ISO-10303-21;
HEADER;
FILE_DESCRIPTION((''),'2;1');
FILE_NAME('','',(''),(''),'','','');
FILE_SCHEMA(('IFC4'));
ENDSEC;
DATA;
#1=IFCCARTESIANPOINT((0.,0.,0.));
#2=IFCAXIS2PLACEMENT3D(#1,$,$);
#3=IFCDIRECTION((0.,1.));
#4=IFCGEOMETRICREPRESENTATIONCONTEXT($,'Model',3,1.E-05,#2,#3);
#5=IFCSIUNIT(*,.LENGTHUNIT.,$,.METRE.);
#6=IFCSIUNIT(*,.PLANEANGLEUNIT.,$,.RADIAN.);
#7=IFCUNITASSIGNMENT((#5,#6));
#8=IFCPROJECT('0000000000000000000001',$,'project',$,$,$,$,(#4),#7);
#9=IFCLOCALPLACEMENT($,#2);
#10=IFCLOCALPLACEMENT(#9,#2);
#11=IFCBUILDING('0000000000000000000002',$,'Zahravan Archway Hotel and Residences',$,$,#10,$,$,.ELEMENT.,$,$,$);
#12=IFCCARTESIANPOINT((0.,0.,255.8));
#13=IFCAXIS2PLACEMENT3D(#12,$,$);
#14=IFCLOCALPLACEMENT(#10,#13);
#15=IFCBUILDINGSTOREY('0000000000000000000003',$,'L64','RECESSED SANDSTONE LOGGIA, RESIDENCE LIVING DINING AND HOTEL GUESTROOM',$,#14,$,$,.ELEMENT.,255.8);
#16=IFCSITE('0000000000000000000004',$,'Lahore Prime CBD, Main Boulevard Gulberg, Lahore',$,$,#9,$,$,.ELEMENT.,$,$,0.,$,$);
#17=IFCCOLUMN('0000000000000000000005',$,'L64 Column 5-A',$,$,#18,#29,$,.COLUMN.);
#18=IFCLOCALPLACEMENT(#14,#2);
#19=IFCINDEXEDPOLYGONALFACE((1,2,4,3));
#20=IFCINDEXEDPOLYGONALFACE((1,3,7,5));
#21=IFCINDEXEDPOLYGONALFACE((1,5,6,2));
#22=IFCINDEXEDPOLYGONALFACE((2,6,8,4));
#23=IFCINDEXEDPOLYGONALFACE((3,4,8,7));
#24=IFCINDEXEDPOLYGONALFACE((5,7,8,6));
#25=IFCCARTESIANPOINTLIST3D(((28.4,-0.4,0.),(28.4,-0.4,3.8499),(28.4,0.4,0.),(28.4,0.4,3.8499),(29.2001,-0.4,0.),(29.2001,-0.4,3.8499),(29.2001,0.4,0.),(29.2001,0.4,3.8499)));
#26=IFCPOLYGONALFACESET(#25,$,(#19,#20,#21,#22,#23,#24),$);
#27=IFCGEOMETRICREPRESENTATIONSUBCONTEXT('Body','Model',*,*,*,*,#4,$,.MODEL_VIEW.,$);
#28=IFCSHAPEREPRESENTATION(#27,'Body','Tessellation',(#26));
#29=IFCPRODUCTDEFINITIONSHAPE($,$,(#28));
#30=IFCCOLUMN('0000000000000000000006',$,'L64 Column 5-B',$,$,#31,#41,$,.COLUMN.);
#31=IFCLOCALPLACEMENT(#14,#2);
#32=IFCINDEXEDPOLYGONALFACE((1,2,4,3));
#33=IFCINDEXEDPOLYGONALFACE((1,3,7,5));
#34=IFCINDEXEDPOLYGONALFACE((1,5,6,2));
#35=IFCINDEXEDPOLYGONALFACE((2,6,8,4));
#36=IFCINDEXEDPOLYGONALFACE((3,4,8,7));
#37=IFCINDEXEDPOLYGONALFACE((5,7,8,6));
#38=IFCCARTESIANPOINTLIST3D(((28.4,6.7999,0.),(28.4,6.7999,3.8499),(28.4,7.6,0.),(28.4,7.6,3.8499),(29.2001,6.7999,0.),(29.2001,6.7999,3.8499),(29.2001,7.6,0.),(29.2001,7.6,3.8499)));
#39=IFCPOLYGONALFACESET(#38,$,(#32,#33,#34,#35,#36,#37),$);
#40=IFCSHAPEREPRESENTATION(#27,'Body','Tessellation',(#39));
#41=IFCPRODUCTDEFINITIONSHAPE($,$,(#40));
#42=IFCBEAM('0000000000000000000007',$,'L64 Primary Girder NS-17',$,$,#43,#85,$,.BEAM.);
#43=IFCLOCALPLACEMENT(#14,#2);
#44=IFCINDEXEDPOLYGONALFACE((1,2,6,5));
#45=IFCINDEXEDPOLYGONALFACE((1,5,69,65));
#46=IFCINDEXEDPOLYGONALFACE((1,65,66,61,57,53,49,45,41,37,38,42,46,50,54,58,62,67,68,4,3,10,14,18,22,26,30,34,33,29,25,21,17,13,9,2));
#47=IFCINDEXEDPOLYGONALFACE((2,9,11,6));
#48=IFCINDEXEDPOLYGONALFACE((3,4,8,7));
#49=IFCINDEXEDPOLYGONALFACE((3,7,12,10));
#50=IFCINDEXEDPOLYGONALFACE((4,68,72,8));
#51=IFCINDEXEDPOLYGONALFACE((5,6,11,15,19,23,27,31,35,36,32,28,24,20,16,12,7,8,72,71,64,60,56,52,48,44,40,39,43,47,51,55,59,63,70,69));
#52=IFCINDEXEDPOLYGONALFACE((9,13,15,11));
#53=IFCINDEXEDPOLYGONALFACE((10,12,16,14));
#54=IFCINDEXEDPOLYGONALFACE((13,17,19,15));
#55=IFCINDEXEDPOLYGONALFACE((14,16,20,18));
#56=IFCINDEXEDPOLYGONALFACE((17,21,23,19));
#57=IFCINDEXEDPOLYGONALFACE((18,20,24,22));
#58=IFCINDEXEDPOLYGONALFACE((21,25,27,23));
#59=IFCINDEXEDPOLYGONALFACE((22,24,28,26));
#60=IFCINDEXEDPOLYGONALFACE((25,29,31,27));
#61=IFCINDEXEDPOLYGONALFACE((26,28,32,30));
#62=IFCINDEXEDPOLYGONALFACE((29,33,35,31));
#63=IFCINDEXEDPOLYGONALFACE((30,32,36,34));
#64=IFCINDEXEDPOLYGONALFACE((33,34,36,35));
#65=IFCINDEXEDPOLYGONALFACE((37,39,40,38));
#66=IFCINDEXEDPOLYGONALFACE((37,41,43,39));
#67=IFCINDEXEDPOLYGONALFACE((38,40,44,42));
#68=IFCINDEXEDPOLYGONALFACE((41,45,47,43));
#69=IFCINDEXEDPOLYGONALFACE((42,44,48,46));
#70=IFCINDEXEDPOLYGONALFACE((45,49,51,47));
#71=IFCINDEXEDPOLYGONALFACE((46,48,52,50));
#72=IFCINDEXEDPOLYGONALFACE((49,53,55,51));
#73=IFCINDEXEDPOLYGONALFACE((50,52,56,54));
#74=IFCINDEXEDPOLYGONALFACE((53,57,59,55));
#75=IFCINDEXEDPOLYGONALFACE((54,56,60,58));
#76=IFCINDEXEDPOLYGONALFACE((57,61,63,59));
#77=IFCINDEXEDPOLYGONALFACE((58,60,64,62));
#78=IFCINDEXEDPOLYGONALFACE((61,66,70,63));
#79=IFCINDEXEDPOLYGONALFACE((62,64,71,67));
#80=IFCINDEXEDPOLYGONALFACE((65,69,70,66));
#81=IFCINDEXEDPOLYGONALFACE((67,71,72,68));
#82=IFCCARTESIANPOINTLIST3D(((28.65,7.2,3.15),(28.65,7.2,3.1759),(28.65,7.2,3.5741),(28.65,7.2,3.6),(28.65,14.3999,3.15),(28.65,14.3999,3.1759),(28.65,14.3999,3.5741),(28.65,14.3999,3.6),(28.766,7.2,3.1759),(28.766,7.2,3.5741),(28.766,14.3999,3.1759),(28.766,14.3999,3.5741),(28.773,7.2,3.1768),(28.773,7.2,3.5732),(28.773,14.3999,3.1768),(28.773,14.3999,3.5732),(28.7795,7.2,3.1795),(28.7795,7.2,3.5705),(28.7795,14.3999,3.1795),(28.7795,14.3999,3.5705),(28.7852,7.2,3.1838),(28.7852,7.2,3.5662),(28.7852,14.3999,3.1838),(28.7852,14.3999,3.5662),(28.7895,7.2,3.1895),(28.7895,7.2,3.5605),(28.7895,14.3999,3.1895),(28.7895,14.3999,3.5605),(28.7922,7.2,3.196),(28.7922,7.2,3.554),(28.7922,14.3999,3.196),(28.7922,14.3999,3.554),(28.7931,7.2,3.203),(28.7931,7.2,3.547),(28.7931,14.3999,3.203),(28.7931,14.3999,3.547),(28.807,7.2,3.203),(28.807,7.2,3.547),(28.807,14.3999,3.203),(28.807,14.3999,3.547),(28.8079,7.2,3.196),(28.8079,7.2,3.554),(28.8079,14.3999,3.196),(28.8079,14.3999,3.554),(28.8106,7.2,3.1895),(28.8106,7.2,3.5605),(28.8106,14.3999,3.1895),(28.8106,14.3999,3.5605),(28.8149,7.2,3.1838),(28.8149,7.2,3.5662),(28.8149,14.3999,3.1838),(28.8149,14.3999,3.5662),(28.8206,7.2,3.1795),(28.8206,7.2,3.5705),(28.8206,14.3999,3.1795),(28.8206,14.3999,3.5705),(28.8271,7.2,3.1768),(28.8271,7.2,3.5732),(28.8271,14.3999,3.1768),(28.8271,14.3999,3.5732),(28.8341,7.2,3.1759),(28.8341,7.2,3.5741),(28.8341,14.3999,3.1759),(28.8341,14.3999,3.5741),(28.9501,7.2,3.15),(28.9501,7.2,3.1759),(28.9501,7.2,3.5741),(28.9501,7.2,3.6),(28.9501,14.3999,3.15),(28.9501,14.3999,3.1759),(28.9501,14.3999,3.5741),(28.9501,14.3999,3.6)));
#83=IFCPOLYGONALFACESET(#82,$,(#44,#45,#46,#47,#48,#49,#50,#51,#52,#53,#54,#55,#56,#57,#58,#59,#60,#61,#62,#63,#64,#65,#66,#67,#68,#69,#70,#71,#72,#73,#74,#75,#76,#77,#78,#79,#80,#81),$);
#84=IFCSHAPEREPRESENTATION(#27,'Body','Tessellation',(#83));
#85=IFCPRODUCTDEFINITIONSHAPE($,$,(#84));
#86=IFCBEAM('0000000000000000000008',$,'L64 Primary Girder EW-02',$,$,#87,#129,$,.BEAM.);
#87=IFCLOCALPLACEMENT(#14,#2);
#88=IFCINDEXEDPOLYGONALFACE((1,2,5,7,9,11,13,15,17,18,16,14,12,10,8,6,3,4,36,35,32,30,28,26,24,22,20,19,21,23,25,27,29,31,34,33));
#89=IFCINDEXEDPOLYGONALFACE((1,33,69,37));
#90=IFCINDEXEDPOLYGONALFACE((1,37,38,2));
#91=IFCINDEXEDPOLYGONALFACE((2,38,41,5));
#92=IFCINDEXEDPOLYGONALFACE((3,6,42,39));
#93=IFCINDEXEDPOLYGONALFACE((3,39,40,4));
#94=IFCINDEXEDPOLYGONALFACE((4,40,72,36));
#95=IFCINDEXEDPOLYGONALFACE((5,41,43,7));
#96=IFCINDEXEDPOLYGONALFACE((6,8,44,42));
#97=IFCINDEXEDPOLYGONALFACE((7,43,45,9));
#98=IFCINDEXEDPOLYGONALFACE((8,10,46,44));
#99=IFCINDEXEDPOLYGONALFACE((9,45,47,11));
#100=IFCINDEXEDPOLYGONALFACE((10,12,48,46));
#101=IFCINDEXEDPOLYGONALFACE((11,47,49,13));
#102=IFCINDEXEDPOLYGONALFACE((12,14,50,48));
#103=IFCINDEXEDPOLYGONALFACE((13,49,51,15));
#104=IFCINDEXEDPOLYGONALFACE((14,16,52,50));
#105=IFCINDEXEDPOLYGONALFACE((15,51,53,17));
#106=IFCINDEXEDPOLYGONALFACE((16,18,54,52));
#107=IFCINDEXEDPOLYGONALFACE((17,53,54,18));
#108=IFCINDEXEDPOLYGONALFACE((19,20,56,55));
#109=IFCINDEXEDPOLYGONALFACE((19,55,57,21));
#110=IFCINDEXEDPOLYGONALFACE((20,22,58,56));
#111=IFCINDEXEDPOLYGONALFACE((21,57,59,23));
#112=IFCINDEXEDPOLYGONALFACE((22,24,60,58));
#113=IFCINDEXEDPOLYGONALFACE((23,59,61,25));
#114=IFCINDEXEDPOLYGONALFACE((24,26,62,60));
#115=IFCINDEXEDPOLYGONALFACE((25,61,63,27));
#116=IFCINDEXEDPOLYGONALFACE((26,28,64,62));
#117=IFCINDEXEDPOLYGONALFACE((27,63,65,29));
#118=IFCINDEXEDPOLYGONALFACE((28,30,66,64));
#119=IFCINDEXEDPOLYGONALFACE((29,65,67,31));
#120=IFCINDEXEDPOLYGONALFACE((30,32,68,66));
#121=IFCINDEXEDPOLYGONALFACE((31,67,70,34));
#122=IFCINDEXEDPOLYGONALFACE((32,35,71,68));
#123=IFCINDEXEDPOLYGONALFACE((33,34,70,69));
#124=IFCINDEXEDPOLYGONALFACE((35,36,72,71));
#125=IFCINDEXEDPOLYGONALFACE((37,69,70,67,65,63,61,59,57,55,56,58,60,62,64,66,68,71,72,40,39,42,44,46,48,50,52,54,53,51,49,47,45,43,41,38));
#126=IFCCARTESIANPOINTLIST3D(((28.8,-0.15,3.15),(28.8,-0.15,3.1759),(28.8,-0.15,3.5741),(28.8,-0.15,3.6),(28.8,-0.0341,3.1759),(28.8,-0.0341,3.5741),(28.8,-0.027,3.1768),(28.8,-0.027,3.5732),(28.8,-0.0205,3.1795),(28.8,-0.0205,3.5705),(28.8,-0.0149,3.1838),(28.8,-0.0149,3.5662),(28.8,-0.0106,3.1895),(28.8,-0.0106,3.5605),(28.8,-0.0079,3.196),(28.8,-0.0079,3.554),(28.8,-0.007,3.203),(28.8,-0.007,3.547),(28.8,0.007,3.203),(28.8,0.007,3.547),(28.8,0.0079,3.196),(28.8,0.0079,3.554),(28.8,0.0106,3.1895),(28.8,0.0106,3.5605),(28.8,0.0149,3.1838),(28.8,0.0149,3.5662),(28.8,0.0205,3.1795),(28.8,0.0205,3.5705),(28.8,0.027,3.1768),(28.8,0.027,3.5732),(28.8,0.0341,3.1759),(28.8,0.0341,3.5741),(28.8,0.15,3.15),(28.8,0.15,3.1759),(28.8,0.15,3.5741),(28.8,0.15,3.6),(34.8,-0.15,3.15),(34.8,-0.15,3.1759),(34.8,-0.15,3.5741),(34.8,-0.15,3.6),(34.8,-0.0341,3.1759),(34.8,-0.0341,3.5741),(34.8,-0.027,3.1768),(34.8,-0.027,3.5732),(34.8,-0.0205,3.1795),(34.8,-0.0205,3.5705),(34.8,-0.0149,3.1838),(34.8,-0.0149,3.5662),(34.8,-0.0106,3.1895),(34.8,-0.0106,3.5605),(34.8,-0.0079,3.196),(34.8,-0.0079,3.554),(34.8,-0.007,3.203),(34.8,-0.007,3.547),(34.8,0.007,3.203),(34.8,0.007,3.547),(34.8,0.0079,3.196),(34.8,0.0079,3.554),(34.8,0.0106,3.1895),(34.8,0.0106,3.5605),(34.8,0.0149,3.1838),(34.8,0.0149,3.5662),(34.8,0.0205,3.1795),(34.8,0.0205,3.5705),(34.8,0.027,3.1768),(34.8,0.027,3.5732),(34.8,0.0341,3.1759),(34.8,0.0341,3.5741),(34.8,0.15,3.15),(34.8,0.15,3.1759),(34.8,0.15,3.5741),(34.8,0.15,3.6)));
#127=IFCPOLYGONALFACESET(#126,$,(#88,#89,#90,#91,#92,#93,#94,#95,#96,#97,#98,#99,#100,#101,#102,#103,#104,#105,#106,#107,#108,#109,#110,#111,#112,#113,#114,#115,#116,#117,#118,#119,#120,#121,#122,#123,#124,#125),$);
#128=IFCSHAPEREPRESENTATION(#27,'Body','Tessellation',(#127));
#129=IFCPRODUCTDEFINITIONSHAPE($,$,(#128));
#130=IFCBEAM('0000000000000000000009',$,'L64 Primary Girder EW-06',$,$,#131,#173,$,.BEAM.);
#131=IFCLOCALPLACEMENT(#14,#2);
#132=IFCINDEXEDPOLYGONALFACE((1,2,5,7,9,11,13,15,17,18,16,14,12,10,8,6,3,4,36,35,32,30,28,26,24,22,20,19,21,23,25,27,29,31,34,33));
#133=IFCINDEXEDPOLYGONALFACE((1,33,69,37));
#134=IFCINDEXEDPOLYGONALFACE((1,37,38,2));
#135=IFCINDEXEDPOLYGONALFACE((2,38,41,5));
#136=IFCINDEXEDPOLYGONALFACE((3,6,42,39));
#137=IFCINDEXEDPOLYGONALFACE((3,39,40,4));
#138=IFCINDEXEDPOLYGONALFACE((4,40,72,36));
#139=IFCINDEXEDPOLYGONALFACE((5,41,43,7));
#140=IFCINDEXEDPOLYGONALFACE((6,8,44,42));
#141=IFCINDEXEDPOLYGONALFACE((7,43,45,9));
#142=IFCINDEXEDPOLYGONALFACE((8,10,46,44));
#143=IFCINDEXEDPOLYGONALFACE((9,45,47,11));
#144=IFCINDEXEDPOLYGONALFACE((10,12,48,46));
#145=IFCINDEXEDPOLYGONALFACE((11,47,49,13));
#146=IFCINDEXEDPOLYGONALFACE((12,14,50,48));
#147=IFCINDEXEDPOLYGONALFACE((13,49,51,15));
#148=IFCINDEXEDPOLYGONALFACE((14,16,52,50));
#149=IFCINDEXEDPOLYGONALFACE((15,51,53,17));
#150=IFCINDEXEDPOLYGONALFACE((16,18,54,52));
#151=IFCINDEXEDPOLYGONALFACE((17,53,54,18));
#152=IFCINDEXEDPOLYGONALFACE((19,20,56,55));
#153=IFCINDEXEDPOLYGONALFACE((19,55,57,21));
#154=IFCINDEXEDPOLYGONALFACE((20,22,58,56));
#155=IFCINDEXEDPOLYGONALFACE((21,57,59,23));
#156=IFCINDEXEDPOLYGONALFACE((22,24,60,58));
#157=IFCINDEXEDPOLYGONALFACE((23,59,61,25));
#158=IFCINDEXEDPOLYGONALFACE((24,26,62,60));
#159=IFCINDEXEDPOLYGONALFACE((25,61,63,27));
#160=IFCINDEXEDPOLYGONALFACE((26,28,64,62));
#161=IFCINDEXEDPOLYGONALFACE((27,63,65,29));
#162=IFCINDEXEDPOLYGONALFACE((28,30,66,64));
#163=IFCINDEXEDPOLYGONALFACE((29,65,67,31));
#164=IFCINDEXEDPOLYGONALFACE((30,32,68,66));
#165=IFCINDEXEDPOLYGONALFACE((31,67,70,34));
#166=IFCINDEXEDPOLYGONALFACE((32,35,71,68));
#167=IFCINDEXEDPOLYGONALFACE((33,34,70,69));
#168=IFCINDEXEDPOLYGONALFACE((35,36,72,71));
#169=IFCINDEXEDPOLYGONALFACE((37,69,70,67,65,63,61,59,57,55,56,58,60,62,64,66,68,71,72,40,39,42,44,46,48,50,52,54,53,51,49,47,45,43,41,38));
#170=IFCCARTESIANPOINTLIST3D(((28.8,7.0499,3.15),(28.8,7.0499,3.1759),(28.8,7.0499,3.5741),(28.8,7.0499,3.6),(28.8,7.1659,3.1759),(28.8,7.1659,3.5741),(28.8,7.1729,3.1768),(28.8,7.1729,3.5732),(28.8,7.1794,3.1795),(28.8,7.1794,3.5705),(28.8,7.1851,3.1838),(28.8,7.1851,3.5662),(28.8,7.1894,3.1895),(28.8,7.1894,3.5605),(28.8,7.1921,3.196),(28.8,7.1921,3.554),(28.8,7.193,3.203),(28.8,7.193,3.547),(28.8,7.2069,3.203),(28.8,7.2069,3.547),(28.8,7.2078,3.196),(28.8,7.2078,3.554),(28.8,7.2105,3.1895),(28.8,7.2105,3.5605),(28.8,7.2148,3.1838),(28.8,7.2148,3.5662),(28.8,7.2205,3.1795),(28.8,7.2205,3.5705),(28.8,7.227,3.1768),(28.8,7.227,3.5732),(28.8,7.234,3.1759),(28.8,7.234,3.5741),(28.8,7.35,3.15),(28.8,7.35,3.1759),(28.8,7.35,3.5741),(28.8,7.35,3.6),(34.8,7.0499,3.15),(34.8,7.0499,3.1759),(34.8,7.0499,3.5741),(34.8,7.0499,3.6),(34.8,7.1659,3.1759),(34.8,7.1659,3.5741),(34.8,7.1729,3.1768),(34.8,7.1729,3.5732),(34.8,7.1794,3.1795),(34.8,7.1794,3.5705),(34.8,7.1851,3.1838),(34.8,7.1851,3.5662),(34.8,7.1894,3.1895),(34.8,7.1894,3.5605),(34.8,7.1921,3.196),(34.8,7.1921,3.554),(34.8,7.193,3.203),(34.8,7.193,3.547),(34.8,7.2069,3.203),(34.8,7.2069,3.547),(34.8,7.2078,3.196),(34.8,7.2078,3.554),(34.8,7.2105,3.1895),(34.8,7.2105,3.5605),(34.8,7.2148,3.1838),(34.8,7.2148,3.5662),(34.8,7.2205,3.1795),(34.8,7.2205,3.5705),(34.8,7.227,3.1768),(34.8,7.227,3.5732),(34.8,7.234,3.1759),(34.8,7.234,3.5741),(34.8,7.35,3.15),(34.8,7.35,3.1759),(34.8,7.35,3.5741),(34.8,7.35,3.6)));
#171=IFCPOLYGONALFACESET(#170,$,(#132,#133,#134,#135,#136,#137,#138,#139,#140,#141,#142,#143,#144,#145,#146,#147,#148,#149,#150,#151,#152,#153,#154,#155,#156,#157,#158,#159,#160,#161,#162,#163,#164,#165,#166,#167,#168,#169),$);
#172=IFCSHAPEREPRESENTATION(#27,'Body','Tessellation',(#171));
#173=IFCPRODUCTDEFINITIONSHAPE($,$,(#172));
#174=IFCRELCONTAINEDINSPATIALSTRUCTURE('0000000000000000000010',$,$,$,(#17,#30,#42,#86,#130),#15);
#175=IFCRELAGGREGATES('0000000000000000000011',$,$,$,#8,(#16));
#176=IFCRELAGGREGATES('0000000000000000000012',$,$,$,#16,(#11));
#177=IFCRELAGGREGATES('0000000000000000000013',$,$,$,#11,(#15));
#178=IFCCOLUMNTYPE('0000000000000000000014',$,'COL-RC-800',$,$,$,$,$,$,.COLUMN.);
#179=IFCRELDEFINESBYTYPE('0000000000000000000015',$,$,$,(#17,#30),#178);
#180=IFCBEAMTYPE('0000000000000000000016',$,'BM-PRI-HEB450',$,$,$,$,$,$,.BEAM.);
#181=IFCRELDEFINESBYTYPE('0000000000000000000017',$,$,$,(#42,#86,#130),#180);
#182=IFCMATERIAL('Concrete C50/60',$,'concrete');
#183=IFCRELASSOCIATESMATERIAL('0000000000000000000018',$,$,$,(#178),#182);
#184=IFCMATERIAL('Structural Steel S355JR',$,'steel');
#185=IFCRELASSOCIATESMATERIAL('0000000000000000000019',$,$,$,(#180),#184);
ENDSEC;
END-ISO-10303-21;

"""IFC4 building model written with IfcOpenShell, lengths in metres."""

from ifc_helpers import new_model, si_unit, direction, frame, origin, origin_2d, place, context, subcontext, project, spatial, rectangle, i_section, extrude, source, transform, mapped, material, material_profile, profile_set, type_object, element, save


model = new_model("IFC4")

# Units and contexts
model_context = context("Model", 3, precision=1e-05, world=origin(), true_north=direction((0.0, 1.0)))
body_context = subcontext(model_context, "Body", "Model", "MODEL_VIEW")
ifc_project = project(units=[si_unit("LENGTHUNIT", "METRE"), si_unit("PLANEANGLEUNIT", "RADIAN")], contexts=[model_context])

# Site, building, storey
site_placement = place(None, origin())
site = spatial("IfcSite", under=ifc_project, at=site_placement, Name="Lahore Prime CBD, Main Boulevard Gulberg, Lahore", CompositionType="ELEMENT", RefElevation=0.0)
building_placement = place(site_placement, origin())
building = spatial("IfcBuilding", under=site, at=building_placement, Name="Zahravan Archway Hotel and Residences", CompositionType="ELEMENT")
storey_placement = place(building_placement, frame((0.0, 0.0, 255.8)))
storey = spatial("IfcBuildingStorey", under=building, at=storey_placement, Name="L64", Description="RECESSED SANDSTONE LOGGIA, RESIDENCE LIVING DINING AND HOTEL GUESTROOM", CompositionType="ELEMENT", Elevation=255.8)

# Columns
ifc_material_1 = material(Name="Concrete C50/60", Category="concrete")
ifc_material_profile_1 = material_profile(ifc_material_1, rectangle(XDim=0.8, YDim=0.8, at=origin_2d()), Name="RC-COL-800x800", Category="concrete")
ifc_profile_set_1 = profile_set([ifc_material_profile_1], Name="Concrete C50/60")
column_type = type_object("IfcColumnType", Name="COL-RC-800", PredefinedType="COLUMN", material=ifc_profile_set_1)
shared_shape_1 = source(origin(), body_context, "Body", "SweptSolid", [
    extrude(rectangle(XDim=0.8, YDim=0.8, at=origin_2d()), origin(), (0.0, 0.0, 1.0), 3.8499),
])
for number, where, z_axis, x_axis, name in (
    (1, (28.8, 0.0, 0.0), (0.0, 0.0, 1.0), (1.0, 0.0, 0.0), "L64 Column 5-A"),
    (2, (28.8, 7.2, 0.0), (0.0, 0.0, 1.0), (1.0, 0.0, 0.0), "L64 Column 5-B"),
):
    element("IfcColumn", number, at=place(storey_placement, frame(where, z_axis=z_axis, x_axis=x_axis)), inside=storey, type_object=column_type, Name=name, PredefinedType="COLUMN", context=body_context, shape_type="MappedRepresentation", body=[
        mapped(shared_shape_1, transform((0.0, 0.0, 0.0), scale=1.0)),
    ])

# Beams
ifc_material_2 = material(Name="Structural Steel S355JR", Category="steel")
ifc_material_profile_2 = material_profile(ifc_material_2, i_section(OverallWidth=0.3, OverallDepth=0.45, WebThickness=0.0139, FlangeThickness=0.0259, FilletRadius=0.0271, at=origin_2d()), Name="HEB 450", Category="steel")
ifc_profile_set_2 = profile_set([ifc_material_profile_2], Name="Structural Steel S355JR")
beam_type_1 = type_object("IfcBeamType", Name="BM-PRI-HEB450", PredefinedType="BEAM", material=ifc_profile_set_2)
shared_shape_2 = source(origin(), body_context, "Body", "SweptSolid", [
    extrude(i_section(OverallWidth=0.3, OverallDepth=0.45, WebThickness=0.0139, FlangeThickness=0.0259, FilletRadius=0.0271, at=origin_2d()), origin(), (0.0, 0.0, 1.0), 7.2),
])
beam_1_placement = place(storey_placement, frame((28.8, 7.2, 3.375), z_axis=(0.0, 1.0, 0.0), x_axis=(-1.0, 0.0, 0.0)))
element("IfcBeam", 3, at=beam_1_placement, inside=storey, type_object=beam_type_1, Name="L64 Primary Girder NS-17", PredefinedType="BEAM", context=body_context, shape_type="MappedRepresentation", body=[
    mapped(shared_shape_2, transform((0.0, 0.0, 0.0), scale=1.0)),
])
shared_shape_3 = source(origin(), body_context, "Body", "SweptSolid", [
    extrude(i_section(OverallWidth=0.3, OverallDepth=0.45, WebThickness=0.0139, FlangeThickness=0.0259, FilletRadius=0.0271, at=origin_2d()), origin(), (0.0, 0.0, 1.0), 6.0),
])
for number, where, z_axis, x_axis, name in (
    (4, (28.8, 0.0, 3.375), (1.0, 0.0, 0.0), (0.0, 1.0, 0.0), "L64 Primary Girder EW-02"),
    (5, (28.8, 7.2, 3.375), (1.0, 0.0, 0.0), (0.0, 1.0, 0.0), "L64 Primary Girder EW-06"),
):
    element("IfcBeam", number, at=place(storey_placement, frame(where, z_axis=z_axis, x_axis=x_axis)), inside=storey, type_object=beam_type_1, Name=name, PredefinedType="BEAM", context=body_context, shape_type="MappedRepresentation", body=[
        mapped(shared_shape_3, transform((0.0, 0.0, 0.0), scale=1.0)),
    ])

save(model, "model.ifc")
